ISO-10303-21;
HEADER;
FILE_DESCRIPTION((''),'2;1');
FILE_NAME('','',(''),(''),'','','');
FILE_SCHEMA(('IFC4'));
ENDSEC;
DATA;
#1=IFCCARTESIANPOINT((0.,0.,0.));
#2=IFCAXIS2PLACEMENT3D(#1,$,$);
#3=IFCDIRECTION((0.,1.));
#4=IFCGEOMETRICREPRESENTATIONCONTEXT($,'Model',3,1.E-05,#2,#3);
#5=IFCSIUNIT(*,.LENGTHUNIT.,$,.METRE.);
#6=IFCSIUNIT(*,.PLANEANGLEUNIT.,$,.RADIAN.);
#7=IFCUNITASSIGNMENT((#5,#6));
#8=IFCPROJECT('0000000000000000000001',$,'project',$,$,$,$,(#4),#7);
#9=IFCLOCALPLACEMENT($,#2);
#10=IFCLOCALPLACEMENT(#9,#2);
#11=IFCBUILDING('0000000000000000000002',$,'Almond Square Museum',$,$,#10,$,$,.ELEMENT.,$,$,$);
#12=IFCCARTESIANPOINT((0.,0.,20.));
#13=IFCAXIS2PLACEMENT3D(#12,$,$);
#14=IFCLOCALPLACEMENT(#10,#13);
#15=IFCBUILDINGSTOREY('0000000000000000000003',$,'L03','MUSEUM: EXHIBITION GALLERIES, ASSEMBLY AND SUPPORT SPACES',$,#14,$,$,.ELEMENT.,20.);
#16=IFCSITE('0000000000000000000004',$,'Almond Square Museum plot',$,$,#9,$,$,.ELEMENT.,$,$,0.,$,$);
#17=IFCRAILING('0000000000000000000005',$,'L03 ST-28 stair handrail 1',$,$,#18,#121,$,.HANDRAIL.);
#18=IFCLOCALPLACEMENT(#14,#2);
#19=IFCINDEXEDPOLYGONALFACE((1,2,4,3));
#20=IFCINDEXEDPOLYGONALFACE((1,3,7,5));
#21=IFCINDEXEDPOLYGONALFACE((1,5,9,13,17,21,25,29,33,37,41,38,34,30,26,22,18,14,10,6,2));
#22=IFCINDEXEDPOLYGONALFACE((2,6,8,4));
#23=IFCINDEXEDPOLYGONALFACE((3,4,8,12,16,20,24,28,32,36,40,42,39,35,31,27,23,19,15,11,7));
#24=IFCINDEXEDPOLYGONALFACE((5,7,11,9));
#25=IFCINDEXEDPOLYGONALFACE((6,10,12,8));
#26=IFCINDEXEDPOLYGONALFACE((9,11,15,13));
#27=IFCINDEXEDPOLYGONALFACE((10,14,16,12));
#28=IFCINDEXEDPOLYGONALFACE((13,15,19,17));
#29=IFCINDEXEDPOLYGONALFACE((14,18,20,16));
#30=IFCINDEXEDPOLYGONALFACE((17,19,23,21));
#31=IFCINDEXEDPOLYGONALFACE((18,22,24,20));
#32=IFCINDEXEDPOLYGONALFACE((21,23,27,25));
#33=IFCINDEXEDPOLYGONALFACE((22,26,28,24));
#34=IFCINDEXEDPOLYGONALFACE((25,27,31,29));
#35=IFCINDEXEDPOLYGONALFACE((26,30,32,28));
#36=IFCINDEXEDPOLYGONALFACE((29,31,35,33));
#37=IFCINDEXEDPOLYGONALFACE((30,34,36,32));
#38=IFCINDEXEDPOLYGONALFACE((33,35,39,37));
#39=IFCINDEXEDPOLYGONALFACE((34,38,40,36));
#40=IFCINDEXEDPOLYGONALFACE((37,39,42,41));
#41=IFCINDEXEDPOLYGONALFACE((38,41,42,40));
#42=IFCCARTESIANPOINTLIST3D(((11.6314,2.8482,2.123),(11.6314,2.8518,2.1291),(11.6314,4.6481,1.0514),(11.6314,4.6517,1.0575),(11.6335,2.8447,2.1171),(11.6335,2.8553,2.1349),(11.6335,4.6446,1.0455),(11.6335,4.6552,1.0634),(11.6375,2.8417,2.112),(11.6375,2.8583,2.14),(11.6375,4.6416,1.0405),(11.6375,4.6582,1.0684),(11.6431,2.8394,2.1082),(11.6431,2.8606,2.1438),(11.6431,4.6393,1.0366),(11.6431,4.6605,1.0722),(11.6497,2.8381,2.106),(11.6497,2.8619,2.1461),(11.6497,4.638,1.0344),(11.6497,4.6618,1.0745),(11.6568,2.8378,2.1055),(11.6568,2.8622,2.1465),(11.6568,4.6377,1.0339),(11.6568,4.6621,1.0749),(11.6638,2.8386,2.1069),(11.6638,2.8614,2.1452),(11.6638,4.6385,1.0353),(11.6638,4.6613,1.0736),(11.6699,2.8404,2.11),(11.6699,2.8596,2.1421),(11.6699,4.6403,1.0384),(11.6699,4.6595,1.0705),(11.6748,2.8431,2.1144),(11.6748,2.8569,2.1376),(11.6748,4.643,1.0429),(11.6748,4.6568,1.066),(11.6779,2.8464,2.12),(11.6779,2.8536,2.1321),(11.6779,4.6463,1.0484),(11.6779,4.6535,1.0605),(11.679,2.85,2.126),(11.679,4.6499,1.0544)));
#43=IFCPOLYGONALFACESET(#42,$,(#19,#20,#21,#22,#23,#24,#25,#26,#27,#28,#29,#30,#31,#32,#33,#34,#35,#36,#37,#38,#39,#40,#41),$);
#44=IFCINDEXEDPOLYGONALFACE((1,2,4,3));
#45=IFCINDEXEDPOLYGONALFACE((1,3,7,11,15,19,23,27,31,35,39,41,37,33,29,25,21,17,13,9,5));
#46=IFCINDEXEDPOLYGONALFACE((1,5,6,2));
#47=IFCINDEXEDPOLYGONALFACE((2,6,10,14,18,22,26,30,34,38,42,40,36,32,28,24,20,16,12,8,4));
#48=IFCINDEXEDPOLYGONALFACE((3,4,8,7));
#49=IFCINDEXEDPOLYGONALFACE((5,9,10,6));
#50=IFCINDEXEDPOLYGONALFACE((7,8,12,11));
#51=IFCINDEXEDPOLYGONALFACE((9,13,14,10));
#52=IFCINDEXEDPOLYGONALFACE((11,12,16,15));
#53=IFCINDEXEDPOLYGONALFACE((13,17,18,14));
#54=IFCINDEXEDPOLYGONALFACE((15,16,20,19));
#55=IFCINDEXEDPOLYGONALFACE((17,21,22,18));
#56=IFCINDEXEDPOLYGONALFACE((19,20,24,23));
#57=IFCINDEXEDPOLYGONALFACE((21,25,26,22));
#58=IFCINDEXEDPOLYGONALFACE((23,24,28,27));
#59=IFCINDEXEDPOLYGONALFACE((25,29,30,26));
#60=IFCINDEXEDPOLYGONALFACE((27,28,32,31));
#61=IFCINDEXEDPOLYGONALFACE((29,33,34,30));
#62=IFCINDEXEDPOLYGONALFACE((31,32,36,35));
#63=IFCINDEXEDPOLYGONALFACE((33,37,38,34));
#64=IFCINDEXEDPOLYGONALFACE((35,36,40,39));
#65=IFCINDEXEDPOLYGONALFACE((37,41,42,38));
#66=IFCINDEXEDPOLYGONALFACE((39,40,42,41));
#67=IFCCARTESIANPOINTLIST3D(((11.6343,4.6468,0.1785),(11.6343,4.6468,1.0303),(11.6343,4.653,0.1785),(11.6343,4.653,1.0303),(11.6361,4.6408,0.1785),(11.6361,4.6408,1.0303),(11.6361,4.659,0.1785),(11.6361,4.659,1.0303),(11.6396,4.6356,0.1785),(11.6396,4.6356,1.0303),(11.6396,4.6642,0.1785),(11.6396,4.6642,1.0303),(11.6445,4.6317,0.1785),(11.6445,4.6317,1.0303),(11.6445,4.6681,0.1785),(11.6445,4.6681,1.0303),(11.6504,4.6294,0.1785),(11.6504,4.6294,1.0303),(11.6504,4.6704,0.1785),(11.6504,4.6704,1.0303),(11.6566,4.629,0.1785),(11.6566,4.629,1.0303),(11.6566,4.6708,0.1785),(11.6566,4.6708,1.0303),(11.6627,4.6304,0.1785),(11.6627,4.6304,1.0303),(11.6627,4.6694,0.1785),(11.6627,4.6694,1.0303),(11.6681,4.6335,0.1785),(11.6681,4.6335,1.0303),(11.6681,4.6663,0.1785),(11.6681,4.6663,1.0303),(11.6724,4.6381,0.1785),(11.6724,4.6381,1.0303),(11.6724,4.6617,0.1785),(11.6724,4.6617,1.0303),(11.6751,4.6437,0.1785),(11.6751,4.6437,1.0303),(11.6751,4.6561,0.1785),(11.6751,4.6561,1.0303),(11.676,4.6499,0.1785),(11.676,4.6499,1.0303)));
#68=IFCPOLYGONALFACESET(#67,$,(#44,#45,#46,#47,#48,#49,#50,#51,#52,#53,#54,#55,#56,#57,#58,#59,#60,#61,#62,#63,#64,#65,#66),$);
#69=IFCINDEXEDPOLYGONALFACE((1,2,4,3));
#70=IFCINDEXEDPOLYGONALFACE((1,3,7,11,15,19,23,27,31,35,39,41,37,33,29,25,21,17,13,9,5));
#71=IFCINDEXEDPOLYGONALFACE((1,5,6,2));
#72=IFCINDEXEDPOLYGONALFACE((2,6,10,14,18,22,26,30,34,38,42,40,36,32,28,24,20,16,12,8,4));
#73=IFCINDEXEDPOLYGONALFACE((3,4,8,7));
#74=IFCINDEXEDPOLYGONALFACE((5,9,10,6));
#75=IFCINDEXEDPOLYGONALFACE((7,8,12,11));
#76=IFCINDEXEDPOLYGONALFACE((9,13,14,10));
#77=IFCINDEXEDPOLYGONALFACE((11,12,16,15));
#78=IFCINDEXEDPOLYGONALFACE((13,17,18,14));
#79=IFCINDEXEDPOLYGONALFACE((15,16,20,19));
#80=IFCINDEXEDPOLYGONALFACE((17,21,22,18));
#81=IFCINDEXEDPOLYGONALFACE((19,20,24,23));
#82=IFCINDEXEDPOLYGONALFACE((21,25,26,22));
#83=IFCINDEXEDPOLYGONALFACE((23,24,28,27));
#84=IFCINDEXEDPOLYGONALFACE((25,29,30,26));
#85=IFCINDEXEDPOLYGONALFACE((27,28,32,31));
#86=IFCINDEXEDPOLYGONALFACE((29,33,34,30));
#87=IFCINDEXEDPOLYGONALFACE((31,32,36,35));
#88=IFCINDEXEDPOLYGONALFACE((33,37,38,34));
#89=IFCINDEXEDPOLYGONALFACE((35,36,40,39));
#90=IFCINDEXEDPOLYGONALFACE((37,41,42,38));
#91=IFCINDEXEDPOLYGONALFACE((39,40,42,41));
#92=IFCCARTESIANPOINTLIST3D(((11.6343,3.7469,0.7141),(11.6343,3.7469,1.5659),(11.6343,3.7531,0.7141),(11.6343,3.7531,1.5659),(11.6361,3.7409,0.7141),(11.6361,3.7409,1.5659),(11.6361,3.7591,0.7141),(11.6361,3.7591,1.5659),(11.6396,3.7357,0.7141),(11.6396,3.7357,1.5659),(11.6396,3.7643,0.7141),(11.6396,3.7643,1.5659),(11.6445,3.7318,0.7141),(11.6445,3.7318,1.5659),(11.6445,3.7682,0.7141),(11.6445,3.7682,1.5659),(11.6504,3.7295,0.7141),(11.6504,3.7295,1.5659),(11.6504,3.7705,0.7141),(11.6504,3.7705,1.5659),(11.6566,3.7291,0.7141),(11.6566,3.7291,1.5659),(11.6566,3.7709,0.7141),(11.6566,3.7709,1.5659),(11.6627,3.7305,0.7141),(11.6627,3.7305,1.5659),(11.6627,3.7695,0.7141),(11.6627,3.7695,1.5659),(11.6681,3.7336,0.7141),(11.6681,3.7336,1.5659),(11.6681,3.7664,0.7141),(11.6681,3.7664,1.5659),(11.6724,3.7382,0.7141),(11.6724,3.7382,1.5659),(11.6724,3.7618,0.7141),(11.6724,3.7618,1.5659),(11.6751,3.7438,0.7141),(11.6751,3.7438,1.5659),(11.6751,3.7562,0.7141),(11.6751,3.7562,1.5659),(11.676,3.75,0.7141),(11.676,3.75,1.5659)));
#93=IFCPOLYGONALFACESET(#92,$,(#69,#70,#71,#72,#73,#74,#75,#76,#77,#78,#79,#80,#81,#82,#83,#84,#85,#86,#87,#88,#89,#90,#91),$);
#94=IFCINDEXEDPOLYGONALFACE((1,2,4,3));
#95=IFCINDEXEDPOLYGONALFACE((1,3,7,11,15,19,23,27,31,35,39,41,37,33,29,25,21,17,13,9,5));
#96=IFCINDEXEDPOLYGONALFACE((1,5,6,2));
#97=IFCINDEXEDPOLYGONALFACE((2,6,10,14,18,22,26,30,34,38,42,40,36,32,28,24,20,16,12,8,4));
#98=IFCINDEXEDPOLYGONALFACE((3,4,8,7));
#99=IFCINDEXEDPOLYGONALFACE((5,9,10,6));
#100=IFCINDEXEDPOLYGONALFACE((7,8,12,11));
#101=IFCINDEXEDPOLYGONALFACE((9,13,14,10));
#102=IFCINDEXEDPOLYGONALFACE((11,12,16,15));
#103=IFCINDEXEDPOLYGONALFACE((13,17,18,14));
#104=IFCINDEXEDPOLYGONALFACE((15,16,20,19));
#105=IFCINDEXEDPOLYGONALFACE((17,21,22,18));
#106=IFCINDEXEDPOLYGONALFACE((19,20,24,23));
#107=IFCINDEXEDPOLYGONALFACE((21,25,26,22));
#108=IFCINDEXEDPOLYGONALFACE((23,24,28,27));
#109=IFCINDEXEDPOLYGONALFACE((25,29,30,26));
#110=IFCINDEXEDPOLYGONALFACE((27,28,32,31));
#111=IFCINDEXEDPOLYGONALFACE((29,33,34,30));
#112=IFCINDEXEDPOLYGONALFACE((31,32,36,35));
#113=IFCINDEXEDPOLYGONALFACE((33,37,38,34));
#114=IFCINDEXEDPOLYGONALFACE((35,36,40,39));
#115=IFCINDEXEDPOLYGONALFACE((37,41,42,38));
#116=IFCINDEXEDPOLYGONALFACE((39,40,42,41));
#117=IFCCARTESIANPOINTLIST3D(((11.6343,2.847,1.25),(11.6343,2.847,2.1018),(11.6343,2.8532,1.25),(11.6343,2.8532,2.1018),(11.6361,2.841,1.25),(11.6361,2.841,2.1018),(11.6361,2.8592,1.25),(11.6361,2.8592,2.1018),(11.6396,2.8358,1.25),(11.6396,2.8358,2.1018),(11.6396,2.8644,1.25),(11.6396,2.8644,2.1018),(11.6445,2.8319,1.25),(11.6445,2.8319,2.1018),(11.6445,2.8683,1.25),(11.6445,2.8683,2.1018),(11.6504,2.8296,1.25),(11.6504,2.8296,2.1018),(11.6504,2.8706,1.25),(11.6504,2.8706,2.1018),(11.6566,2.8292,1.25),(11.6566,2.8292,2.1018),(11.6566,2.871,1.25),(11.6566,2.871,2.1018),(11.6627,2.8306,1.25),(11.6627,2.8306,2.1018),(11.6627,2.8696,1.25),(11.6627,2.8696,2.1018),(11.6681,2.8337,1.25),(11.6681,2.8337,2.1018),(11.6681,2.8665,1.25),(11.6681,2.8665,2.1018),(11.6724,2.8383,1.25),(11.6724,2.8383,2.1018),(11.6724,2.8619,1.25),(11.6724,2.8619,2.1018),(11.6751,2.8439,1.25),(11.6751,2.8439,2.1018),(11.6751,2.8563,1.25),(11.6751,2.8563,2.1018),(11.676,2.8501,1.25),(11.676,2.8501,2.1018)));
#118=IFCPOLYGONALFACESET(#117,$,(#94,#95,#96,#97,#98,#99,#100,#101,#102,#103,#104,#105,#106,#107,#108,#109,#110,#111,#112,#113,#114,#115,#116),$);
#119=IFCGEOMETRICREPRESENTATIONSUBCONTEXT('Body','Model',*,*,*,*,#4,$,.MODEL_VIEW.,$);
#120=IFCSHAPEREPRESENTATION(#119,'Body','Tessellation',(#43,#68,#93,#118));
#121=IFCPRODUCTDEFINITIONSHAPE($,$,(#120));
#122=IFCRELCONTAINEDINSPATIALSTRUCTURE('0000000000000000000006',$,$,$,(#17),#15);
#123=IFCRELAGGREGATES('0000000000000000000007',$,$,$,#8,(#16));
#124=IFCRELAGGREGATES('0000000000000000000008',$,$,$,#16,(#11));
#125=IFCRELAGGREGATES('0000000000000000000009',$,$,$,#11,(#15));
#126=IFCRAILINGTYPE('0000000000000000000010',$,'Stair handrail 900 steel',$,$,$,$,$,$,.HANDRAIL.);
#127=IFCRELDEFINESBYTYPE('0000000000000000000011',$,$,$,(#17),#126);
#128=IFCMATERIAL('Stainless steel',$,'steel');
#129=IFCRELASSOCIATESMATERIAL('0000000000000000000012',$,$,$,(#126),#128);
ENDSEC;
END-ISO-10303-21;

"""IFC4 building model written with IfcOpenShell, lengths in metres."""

from ifc_helpers import new_model, si_unit, direction, frame, origin, origin_2d, place, context, subcontext, project, spatial, circle, extrude, material, type_object, element, save


model = new_model("IFC4")

# Units and contexts
model_context = context("Model", 3, precision=1e-05, world=origin(), true_north=direction((0.0, 1.0)))
body_context = subcontext(model_context, "Body", "Model", "MODEL_VIEW")
ifc_project = project(units=[si_unit("LENGTHUNIT", "METRE"), si_unit("PLANEANGLEUNIT", "RADIAN")], contexts=[model_context])

# Site, building, storey
site_placement = place(None, origin())
site = spatial("IfcSite", under=ifc_project, at=site_placement, Name="Almond Square Museum plot", CompositionType="ELEMENT", RefElevation=0.0)
building_placement = place(site_placement, origin())
building = spatial("IfcBuilding", under=site, at=building_placement, Name="Almond Square Museum", CompositionType="ELEMENT")
storey_placement = place(building_placement, frame((0.0, 0.0, 20.0)))
storey = spatial("IfcBuildingStorey", under=building, at=storey_placement, Name="L03", Description="MUSEUM: EXHIBITION GALLERIES, ASSEMBLY AND SUPPORT SPACES", CompositionType="ELEMENT", Elevation=20.0)

# Railing
ifc_material_1 = material(Name="Stainless steel", Category="steel")
railing_type_1 = type_object("IfcRailingType", Name="Stair handrail 900 steel", PredefinedType="HANDRAIL", material=ifc_material_1)
railing_1_placement = place(storey_placement, frame((11.655, 4.6499, 0.1785)))
element("IfcRailing", 1, at=railing_1_placement, inside=storey, type_object=railing_type_1, Name="L03 ST-28 stair handrail 1", PredefinedType="HANDRAIL", context=body_context, shape_type="SweptSolid", body=[
    extrude(circle(Radius=0.0239, at=origin_2d()), frame((0.0, 0.0, 0.876), z_axis=(0.0, -0.859247, 0.511562), x_axis=(1.0, 0.0, 0.0)), (0.0, 0.0, 1.0), 2.0947),
    extrude(circle(Radius=0.021, at=origin_2d()), origin(), (0.0, 0.0, 1.0), 0.8518),
    extrude(circle(Radius=0.021, at=origin_2d()), frame((0.0, -0.8999, 0.5356)), (0.0, 0.0, 1.0), 0.8518),
    extrude(circle(Radius=0.021, at=origin_2d()), frame((0.0, -1.7998, 1.0715)), (0.0, 0.0, 1.0), 0.8518),
])

save(model, "model.ifc")
